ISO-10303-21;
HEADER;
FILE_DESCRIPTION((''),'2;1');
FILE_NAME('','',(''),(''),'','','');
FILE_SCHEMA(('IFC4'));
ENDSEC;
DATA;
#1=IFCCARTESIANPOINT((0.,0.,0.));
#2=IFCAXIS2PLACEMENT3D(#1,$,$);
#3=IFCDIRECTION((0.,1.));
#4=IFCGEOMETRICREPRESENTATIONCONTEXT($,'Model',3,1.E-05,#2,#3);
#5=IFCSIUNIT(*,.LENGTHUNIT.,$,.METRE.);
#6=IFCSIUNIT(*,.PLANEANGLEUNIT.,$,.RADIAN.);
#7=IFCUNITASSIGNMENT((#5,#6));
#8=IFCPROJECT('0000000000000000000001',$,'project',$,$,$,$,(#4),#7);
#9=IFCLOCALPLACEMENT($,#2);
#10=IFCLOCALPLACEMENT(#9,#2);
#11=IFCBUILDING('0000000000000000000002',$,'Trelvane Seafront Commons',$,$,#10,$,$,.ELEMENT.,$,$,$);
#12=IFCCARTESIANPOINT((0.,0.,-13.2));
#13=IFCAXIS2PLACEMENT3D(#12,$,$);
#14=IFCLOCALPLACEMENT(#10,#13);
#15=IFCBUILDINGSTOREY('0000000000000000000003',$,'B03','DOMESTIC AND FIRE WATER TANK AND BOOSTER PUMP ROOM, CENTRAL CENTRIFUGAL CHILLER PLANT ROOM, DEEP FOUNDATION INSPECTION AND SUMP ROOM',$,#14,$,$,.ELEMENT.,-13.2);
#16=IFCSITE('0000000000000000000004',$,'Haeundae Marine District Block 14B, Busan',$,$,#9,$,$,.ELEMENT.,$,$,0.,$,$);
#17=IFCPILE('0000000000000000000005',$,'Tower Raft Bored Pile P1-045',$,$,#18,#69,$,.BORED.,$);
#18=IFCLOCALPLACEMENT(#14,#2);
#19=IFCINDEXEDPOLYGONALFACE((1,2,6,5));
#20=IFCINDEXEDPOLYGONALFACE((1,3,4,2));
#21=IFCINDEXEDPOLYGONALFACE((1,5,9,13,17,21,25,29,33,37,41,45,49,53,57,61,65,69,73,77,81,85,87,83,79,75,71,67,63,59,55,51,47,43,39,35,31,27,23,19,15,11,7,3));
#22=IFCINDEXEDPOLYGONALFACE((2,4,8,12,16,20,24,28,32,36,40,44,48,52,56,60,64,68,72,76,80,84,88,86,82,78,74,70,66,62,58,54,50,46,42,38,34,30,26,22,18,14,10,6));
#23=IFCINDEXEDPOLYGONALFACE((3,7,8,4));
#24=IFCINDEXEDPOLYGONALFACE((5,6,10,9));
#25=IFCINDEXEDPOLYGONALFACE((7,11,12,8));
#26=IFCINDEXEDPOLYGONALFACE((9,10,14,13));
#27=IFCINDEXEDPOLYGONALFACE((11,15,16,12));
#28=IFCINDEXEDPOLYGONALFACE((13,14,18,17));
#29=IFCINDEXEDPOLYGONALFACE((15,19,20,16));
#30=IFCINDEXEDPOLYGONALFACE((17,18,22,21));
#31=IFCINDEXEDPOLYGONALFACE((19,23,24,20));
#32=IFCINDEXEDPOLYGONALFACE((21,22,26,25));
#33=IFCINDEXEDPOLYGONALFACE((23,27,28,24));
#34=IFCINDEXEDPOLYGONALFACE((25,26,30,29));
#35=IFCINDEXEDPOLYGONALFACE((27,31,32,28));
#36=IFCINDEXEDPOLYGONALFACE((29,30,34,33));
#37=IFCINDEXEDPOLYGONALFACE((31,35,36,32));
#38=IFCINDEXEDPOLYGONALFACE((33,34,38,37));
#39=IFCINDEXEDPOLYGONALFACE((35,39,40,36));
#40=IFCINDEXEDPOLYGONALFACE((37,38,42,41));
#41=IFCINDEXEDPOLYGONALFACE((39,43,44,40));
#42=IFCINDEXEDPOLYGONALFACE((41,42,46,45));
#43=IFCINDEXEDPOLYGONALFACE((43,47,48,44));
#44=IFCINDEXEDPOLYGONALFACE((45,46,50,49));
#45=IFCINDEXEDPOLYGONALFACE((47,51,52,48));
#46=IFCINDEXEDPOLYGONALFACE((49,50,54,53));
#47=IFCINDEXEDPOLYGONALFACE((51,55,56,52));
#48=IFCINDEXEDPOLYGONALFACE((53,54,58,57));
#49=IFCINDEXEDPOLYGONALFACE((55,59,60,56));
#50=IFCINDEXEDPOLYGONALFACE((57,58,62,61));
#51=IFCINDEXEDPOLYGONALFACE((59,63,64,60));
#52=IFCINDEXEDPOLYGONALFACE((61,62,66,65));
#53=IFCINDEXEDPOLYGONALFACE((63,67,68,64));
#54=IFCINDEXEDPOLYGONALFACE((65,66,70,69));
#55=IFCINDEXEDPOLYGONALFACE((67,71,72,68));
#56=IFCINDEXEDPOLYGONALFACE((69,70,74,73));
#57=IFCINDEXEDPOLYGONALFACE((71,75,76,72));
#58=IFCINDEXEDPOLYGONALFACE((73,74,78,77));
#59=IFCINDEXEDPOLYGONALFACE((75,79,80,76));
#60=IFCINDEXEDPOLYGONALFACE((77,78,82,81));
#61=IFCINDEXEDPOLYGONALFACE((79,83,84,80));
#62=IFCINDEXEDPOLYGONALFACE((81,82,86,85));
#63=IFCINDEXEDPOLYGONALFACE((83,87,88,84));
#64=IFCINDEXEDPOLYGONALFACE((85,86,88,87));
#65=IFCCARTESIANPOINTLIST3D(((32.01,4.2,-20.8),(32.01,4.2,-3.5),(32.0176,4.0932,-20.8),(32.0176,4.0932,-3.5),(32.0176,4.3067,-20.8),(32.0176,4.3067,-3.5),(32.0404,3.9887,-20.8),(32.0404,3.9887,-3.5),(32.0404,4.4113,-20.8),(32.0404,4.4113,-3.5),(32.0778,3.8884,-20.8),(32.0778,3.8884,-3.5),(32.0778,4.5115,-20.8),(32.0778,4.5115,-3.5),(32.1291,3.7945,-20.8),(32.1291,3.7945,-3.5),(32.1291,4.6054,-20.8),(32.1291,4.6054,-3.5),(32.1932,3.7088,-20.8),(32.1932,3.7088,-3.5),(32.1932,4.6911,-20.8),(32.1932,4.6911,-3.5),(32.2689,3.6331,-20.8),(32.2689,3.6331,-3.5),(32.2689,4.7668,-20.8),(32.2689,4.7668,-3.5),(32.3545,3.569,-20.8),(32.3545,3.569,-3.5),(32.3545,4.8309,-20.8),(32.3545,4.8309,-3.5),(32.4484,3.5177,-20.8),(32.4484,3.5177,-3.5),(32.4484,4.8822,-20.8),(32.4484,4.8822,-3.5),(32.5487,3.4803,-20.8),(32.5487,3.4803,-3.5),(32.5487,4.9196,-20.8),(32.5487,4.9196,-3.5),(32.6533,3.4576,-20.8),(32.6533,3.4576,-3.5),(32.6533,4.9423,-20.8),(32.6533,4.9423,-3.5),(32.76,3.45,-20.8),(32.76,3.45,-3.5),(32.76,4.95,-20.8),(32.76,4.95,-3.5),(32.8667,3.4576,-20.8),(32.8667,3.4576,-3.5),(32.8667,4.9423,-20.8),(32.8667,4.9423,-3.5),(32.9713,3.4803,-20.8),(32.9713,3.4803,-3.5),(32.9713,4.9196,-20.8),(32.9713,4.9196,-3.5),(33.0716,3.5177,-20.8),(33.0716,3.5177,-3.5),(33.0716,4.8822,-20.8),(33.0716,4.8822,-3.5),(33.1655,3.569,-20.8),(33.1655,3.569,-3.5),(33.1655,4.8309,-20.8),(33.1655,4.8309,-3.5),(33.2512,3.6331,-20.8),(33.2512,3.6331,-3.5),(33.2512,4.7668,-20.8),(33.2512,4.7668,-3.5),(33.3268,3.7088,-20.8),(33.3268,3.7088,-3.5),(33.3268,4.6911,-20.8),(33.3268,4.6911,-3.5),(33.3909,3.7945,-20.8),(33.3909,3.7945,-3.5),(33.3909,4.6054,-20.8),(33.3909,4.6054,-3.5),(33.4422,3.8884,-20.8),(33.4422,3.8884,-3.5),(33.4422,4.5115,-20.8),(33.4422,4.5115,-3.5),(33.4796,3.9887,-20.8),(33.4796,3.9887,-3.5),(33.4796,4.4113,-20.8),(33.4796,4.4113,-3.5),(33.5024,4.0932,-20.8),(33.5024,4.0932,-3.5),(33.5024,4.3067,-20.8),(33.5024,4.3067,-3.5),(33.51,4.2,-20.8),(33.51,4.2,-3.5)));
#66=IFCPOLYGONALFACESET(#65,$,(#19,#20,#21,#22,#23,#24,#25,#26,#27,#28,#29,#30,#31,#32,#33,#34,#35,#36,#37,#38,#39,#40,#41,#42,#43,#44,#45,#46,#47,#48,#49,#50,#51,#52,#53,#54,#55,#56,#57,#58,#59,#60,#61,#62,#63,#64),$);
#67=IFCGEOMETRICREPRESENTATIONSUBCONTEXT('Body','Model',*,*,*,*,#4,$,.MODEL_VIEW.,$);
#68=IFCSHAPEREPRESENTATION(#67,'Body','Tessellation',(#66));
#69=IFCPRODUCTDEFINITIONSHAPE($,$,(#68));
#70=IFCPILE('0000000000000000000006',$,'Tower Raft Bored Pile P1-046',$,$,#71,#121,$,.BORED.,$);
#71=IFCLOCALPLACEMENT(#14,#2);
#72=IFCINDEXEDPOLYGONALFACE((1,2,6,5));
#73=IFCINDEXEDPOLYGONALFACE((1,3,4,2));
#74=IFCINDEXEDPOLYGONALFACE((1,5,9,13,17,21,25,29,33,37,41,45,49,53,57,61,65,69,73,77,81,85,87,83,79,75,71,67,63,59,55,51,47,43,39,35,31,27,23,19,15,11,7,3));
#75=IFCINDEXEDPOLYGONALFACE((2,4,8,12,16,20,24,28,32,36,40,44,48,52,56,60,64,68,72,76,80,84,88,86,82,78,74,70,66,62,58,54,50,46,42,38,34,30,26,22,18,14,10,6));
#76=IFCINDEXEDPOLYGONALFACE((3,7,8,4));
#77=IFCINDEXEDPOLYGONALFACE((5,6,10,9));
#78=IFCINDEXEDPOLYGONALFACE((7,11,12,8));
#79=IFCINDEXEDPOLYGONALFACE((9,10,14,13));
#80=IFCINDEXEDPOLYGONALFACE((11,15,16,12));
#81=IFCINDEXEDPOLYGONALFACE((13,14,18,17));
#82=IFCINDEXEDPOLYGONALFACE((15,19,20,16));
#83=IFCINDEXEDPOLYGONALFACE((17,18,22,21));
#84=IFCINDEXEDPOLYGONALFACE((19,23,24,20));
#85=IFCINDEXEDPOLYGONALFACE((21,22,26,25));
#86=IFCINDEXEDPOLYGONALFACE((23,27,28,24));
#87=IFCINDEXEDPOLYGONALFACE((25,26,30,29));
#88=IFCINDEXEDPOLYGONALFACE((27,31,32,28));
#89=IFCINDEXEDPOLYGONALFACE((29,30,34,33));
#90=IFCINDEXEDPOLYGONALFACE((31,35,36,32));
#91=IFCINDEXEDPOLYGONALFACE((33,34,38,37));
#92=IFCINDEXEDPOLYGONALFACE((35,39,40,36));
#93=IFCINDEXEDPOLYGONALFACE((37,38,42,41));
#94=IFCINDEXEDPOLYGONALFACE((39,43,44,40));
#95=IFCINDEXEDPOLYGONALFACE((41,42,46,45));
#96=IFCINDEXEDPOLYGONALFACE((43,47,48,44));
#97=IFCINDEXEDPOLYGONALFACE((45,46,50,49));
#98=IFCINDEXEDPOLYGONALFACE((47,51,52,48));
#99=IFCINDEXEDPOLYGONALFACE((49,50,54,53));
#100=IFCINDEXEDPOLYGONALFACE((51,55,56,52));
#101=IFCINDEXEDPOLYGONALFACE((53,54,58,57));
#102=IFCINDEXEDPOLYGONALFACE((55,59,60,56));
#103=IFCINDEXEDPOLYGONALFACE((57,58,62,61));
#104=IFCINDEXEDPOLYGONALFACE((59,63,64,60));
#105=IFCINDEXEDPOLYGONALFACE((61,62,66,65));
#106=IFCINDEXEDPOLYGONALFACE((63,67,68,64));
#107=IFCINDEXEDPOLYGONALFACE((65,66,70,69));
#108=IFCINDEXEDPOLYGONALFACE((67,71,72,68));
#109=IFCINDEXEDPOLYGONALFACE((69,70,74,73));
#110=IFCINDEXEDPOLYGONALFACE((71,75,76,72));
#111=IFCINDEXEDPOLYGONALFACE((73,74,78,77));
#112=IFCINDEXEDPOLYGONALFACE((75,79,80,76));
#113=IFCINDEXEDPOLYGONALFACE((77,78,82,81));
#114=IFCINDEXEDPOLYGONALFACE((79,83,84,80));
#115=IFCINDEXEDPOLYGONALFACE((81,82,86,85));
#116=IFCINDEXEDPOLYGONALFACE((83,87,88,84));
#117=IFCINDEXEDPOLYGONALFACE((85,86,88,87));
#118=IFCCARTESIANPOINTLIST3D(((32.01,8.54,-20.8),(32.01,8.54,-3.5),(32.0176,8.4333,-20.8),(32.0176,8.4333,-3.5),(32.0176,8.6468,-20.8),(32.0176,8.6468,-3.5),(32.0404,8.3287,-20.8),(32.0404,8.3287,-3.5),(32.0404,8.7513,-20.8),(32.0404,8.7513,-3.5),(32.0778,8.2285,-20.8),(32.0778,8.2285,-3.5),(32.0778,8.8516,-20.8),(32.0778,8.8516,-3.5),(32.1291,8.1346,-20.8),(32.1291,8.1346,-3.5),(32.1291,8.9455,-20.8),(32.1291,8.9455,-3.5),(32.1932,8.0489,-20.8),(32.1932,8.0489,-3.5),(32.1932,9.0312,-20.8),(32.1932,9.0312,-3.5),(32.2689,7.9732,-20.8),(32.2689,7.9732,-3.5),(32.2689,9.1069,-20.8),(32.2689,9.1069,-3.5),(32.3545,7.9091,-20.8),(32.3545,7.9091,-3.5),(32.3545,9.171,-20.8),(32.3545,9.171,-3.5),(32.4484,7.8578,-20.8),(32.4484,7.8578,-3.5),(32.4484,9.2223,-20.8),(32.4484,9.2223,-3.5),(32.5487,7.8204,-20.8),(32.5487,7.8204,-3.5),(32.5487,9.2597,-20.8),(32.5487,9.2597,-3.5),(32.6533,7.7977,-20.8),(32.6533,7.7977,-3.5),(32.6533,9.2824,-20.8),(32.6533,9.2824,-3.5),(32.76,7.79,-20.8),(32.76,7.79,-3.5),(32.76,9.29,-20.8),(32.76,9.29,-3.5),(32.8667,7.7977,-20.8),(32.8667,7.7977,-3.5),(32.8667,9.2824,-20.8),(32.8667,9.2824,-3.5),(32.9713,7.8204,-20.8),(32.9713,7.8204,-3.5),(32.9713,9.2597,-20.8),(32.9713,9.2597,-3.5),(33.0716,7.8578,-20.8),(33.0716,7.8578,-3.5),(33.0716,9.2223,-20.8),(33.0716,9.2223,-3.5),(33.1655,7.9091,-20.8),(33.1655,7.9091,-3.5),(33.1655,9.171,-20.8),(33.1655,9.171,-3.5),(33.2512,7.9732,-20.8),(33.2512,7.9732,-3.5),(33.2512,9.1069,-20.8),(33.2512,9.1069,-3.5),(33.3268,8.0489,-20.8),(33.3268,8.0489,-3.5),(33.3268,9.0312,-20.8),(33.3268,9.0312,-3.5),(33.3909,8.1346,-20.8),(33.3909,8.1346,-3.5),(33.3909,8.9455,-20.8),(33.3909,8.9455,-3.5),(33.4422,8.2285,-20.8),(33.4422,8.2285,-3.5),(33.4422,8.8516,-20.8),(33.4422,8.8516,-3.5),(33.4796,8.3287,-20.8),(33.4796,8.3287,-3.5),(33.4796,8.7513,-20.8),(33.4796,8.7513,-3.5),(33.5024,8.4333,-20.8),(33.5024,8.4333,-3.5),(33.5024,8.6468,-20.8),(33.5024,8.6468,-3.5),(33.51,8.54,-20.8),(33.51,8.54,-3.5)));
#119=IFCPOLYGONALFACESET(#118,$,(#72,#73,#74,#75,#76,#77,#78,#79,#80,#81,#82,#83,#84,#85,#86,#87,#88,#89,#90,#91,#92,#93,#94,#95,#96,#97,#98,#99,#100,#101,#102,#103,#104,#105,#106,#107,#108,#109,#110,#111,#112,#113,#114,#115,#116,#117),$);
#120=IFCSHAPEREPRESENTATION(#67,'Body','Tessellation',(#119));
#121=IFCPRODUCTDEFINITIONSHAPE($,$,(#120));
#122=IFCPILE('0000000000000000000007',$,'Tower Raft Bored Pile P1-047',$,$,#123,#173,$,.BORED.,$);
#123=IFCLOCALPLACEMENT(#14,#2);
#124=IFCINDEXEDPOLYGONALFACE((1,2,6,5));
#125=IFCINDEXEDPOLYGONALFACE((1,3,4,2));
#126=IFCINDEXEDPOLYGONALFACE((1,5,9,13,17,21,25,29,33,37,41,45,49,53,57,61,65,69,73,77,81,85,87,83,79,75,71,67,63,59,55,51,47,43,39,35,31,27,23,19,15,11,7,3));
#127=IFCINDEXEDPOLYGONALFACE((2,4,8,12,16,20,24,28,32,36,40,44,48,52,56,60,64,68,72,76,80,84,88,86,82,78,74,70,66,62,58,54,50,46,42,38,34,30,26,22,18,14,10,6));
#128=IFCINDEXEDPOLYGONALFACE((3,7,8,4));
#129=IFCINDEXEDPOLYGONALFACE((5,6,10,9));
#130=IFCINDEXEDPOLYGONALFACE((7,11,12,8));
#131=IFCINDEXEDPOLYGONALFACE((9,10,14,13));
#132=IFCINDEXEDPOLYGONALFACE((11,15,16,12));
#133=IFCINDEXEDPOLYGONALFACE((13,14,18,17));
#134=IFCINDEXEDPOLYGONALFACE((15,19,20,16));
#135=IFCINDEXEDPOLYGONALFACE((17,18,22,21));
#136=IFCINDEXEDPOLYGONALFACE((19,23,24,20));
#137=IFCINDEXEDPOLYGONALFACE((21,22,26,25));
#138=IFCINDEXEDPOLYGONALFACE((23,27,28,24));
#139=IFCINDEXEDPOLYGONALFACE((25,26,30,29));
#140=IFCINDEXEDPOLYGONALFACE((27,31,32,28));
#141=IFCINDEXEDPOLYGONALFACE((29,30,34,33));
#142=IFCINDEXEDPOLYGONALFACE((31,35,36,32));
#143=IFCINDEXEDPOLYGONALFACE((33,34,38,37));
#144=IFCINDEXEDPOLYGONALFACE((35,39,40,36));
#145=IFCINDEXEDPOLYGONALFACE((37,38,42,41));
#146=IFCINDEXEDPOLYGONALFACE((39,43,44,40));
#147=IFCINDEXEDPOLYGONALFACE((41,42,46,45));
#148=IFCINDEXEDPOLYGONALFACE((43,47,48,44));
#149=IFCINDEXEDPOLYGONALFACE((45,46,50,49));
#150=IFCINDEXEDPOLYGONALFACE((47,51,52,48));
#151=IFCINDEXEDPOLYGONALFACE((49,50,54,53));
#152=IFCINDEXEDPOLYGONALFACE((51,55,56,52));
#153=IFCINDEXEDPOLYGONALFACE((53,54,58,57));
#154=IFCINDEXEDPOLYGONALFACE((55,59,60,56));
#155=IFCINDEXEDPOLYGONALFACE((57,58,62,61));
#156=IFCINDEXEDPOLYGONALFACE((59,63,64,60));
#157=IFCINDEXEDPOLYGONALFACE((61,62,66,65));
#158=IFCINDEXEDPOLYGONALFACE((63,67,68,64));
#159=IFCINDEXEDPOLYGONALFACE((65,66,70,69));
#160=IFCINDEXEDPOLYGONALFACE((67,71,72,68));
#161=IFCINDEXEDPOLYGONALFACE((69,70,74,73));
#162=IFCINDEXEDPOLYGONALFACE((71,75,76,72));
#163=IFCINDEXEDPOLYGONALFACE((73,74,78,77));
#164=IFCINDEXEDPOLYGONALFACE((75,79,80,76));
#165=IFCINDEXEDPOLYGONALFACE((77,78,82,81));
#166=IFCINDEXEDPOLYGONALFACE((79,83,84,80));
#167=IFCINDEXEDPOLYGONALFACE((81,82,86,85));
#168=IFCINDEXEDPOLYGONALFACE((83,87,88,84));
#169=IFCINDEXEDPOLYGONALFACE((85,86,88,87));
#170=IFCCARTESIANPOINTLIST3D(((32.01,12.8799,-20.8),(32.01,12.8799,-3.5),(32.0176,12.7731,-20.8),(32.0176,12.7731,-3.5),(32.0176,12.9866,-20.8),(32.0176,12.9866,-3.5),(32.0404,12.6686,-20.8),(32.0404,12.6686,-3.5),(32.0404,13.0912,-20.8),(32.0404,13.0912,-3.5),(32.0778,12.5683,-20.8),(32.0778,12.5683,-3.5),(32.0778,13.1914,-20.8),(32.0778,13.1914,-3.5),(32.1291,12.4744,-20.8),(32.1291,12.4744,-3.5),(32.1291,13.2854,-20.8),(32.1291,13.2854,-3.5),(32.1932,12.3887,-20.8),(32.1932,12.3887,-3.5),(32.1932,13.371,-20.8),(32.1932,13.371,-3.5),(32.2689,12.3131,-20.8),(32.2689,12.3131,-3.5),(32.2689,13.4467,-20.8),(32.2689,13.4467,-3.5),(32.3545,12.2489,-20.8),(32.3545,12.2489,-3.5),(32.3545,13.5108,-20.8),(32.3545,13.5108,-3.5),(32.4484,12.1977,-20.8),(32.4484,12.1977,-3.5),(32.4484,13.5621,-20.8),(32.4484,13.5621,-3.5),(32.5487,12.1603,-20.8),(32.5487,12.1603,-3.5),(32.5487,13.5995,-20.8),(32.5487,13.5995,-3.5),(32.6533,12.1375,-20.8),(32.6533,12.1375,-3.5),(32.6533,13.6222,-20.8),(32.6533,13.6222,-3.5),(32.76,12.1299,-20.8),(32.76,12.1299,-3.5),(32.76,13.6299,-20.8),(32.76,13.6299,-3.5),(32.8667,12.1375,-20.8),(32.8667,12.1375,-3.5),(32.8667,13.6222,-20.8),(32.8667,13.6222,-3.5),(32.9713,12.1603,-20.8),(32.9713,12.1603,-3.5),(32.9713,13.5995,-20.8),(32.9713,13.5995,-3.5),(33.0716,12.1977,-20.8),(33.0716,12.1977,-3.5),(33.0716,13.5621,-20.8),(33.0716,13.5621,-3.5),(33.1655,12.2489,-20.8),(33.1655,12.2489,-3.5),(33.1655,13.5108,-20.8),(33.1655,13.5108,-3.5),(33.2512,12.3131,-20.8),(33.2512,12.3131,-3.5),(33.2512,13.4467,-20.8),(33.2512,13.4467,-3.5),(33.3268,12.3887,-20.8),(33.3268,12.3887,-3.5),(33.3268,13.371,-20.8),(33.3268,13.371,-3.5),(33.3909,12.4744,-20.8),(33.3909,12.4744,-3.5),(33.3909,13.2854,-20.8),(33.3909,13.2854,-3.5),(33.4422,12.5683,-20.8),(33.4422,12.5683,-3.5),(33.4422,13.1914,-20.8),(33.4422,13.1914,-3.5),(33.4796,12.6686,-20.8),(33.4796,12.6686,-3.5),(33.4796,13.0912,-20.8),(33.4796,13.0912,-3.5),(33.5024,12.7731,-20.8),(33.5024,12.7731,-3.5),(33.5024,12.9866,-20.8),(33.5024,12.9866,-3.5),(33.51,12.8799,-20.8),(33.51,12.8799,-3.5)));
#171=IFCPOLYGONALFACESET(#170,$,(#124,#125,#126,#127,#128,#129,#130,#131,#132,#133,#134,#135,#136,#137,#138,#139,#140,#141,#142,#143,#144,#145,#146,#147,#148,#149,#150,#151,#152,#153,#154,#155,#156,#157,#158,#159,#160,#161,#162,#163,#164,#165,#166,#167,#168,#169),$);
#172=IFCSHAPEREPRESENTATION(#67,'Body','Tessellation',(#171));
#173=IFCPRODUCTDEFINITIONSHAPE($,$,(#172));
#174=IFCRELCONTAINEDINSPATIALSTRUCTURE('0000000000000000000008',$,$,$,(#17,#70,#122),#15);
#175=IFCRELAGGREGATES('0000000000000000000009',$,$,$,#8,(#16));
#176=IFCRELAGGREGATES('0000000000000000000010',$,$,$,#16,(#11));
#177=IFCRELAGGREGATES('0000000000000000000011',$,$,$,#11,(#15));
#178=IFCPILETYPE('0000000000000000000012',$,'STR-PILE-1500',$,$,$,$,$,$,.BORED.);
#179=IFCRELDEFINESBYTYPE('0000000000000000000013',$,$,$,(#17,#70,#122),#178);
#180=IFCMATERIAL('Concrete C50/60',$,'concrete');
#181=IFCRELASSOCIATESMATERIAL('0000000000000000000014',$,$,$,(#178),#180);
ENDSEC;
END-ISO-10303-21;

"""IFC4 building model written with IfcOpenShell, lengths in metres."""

from ifc_helpers import new_model, si_unit, direction, frame, origin, origin_2d, place, context, subcontext, project, spatial, circle, extrude, source, transform, mapped, material, material_profile, profile_set, type_object, element, save


model = new_model("IFC4")

# Units and contexts
model_context = context("Model", 3, precision=1e-05, world=origin(), true_north=direction((0.0, 1.0)))
body_context = subcontext(model_context, "Body", "Model", "MODEL_VIEW")
ifc_project = project(units=[si_unit("LENGTHUNIT", "METRE"), si_unit("PLANEANGLEUNIT", "RADIAN")], contexts=[model_context])

# Site, building, storey
site_placement = place(None, origin())
site = spatial("IfcSite", under=ifc_project, at=site_placement, Name="Haeundae Marine District Block 14B, Busan", CompositionType="ELEMENT", RefElevation=0.0)
building_placement = place(site_placement, origin())
building = spatial("IfcBuilding", under=site, at=building_placement, Name="Trelvane Seafront Commons", CompositionType="ELEMENT")
storey_placement = place(building_placement, frame((0.0, 0.0, -13.2)))
storey = spatial("IfcBuildingStorey", under=building, at=storey_placement, Name="B03", Description="DOMESTIC AND FIRE WATER TANK AND BOOSTER PUMP ROOM, CENTRAL CENTRIFUGAL CHILLER PLANT ROOM, DEEP FOUNDATION INSPECTION AND SUMP ROOM", CompositionType="ELEMENT", Elevation=-13.2)

# Piles
ifc_material_1 = material(Name="Concrete C50/60", Category="concrete")
ifc_material_profile_1 = material_profile(ifc_material_1, circle(Radius=0.75, at=origin_2d()), Name="PILE-1500")
ifc_profile_set_1 = profile_set([ifc_material_profile_1], Name="Concrete C50/60")
pile_type = type_object("IfcPileType", Name="STR-PILE-1500", PredefinedType="BORED", material=ifc_profile_set_1)
shared_shape_1 = source(origin(), body_context, "Body", "SweptSolid", [
    extrude(circle(Radius=0.75, at=origin_2d()), origin(), (0.0, 0.0, 1.0), 17.3),
])
for number, where, z_axis, x_axis, name in (
    (1, (32.76, 4.2, -3.5), (0.0, 0.0, -1.0), (1.0, 0.0, 0.0), "Tower Raft Bored Pile P1-045"),
    (2, (32.76, 8.54, -3.5), (0.0, 0.0, -1.0), (1.0, 0.0, 0.0), "Tower Raft Bored Pile P1-046"),
    (3, (32.76, 12.8799, -3.5), (0.0, 0.0, -1.0), (1.0, 0.0, 0.0), "Tower Raft Bored Pile P1-047"),
):
    element("IfcPile", number, at=place(storey_placement, frame(where, z_axis=z_axis, x_axis=x_axis)), inside=storey, type_object=pile_type, Name=name, PredefinedType="BORED", context=body_context, shape_type="MappedRepresentation", body=[
        mapped(shared_shape_1, transform((0.0, 0.0, 0.0), x_axis=(1.0, 0.0, 0.0), y_axis=(0.0, 1.0, 0.0), z_axis=(0.0, 0.0, 1.0), scale=1.0)),
    ])

save(model, "model.ifc")
